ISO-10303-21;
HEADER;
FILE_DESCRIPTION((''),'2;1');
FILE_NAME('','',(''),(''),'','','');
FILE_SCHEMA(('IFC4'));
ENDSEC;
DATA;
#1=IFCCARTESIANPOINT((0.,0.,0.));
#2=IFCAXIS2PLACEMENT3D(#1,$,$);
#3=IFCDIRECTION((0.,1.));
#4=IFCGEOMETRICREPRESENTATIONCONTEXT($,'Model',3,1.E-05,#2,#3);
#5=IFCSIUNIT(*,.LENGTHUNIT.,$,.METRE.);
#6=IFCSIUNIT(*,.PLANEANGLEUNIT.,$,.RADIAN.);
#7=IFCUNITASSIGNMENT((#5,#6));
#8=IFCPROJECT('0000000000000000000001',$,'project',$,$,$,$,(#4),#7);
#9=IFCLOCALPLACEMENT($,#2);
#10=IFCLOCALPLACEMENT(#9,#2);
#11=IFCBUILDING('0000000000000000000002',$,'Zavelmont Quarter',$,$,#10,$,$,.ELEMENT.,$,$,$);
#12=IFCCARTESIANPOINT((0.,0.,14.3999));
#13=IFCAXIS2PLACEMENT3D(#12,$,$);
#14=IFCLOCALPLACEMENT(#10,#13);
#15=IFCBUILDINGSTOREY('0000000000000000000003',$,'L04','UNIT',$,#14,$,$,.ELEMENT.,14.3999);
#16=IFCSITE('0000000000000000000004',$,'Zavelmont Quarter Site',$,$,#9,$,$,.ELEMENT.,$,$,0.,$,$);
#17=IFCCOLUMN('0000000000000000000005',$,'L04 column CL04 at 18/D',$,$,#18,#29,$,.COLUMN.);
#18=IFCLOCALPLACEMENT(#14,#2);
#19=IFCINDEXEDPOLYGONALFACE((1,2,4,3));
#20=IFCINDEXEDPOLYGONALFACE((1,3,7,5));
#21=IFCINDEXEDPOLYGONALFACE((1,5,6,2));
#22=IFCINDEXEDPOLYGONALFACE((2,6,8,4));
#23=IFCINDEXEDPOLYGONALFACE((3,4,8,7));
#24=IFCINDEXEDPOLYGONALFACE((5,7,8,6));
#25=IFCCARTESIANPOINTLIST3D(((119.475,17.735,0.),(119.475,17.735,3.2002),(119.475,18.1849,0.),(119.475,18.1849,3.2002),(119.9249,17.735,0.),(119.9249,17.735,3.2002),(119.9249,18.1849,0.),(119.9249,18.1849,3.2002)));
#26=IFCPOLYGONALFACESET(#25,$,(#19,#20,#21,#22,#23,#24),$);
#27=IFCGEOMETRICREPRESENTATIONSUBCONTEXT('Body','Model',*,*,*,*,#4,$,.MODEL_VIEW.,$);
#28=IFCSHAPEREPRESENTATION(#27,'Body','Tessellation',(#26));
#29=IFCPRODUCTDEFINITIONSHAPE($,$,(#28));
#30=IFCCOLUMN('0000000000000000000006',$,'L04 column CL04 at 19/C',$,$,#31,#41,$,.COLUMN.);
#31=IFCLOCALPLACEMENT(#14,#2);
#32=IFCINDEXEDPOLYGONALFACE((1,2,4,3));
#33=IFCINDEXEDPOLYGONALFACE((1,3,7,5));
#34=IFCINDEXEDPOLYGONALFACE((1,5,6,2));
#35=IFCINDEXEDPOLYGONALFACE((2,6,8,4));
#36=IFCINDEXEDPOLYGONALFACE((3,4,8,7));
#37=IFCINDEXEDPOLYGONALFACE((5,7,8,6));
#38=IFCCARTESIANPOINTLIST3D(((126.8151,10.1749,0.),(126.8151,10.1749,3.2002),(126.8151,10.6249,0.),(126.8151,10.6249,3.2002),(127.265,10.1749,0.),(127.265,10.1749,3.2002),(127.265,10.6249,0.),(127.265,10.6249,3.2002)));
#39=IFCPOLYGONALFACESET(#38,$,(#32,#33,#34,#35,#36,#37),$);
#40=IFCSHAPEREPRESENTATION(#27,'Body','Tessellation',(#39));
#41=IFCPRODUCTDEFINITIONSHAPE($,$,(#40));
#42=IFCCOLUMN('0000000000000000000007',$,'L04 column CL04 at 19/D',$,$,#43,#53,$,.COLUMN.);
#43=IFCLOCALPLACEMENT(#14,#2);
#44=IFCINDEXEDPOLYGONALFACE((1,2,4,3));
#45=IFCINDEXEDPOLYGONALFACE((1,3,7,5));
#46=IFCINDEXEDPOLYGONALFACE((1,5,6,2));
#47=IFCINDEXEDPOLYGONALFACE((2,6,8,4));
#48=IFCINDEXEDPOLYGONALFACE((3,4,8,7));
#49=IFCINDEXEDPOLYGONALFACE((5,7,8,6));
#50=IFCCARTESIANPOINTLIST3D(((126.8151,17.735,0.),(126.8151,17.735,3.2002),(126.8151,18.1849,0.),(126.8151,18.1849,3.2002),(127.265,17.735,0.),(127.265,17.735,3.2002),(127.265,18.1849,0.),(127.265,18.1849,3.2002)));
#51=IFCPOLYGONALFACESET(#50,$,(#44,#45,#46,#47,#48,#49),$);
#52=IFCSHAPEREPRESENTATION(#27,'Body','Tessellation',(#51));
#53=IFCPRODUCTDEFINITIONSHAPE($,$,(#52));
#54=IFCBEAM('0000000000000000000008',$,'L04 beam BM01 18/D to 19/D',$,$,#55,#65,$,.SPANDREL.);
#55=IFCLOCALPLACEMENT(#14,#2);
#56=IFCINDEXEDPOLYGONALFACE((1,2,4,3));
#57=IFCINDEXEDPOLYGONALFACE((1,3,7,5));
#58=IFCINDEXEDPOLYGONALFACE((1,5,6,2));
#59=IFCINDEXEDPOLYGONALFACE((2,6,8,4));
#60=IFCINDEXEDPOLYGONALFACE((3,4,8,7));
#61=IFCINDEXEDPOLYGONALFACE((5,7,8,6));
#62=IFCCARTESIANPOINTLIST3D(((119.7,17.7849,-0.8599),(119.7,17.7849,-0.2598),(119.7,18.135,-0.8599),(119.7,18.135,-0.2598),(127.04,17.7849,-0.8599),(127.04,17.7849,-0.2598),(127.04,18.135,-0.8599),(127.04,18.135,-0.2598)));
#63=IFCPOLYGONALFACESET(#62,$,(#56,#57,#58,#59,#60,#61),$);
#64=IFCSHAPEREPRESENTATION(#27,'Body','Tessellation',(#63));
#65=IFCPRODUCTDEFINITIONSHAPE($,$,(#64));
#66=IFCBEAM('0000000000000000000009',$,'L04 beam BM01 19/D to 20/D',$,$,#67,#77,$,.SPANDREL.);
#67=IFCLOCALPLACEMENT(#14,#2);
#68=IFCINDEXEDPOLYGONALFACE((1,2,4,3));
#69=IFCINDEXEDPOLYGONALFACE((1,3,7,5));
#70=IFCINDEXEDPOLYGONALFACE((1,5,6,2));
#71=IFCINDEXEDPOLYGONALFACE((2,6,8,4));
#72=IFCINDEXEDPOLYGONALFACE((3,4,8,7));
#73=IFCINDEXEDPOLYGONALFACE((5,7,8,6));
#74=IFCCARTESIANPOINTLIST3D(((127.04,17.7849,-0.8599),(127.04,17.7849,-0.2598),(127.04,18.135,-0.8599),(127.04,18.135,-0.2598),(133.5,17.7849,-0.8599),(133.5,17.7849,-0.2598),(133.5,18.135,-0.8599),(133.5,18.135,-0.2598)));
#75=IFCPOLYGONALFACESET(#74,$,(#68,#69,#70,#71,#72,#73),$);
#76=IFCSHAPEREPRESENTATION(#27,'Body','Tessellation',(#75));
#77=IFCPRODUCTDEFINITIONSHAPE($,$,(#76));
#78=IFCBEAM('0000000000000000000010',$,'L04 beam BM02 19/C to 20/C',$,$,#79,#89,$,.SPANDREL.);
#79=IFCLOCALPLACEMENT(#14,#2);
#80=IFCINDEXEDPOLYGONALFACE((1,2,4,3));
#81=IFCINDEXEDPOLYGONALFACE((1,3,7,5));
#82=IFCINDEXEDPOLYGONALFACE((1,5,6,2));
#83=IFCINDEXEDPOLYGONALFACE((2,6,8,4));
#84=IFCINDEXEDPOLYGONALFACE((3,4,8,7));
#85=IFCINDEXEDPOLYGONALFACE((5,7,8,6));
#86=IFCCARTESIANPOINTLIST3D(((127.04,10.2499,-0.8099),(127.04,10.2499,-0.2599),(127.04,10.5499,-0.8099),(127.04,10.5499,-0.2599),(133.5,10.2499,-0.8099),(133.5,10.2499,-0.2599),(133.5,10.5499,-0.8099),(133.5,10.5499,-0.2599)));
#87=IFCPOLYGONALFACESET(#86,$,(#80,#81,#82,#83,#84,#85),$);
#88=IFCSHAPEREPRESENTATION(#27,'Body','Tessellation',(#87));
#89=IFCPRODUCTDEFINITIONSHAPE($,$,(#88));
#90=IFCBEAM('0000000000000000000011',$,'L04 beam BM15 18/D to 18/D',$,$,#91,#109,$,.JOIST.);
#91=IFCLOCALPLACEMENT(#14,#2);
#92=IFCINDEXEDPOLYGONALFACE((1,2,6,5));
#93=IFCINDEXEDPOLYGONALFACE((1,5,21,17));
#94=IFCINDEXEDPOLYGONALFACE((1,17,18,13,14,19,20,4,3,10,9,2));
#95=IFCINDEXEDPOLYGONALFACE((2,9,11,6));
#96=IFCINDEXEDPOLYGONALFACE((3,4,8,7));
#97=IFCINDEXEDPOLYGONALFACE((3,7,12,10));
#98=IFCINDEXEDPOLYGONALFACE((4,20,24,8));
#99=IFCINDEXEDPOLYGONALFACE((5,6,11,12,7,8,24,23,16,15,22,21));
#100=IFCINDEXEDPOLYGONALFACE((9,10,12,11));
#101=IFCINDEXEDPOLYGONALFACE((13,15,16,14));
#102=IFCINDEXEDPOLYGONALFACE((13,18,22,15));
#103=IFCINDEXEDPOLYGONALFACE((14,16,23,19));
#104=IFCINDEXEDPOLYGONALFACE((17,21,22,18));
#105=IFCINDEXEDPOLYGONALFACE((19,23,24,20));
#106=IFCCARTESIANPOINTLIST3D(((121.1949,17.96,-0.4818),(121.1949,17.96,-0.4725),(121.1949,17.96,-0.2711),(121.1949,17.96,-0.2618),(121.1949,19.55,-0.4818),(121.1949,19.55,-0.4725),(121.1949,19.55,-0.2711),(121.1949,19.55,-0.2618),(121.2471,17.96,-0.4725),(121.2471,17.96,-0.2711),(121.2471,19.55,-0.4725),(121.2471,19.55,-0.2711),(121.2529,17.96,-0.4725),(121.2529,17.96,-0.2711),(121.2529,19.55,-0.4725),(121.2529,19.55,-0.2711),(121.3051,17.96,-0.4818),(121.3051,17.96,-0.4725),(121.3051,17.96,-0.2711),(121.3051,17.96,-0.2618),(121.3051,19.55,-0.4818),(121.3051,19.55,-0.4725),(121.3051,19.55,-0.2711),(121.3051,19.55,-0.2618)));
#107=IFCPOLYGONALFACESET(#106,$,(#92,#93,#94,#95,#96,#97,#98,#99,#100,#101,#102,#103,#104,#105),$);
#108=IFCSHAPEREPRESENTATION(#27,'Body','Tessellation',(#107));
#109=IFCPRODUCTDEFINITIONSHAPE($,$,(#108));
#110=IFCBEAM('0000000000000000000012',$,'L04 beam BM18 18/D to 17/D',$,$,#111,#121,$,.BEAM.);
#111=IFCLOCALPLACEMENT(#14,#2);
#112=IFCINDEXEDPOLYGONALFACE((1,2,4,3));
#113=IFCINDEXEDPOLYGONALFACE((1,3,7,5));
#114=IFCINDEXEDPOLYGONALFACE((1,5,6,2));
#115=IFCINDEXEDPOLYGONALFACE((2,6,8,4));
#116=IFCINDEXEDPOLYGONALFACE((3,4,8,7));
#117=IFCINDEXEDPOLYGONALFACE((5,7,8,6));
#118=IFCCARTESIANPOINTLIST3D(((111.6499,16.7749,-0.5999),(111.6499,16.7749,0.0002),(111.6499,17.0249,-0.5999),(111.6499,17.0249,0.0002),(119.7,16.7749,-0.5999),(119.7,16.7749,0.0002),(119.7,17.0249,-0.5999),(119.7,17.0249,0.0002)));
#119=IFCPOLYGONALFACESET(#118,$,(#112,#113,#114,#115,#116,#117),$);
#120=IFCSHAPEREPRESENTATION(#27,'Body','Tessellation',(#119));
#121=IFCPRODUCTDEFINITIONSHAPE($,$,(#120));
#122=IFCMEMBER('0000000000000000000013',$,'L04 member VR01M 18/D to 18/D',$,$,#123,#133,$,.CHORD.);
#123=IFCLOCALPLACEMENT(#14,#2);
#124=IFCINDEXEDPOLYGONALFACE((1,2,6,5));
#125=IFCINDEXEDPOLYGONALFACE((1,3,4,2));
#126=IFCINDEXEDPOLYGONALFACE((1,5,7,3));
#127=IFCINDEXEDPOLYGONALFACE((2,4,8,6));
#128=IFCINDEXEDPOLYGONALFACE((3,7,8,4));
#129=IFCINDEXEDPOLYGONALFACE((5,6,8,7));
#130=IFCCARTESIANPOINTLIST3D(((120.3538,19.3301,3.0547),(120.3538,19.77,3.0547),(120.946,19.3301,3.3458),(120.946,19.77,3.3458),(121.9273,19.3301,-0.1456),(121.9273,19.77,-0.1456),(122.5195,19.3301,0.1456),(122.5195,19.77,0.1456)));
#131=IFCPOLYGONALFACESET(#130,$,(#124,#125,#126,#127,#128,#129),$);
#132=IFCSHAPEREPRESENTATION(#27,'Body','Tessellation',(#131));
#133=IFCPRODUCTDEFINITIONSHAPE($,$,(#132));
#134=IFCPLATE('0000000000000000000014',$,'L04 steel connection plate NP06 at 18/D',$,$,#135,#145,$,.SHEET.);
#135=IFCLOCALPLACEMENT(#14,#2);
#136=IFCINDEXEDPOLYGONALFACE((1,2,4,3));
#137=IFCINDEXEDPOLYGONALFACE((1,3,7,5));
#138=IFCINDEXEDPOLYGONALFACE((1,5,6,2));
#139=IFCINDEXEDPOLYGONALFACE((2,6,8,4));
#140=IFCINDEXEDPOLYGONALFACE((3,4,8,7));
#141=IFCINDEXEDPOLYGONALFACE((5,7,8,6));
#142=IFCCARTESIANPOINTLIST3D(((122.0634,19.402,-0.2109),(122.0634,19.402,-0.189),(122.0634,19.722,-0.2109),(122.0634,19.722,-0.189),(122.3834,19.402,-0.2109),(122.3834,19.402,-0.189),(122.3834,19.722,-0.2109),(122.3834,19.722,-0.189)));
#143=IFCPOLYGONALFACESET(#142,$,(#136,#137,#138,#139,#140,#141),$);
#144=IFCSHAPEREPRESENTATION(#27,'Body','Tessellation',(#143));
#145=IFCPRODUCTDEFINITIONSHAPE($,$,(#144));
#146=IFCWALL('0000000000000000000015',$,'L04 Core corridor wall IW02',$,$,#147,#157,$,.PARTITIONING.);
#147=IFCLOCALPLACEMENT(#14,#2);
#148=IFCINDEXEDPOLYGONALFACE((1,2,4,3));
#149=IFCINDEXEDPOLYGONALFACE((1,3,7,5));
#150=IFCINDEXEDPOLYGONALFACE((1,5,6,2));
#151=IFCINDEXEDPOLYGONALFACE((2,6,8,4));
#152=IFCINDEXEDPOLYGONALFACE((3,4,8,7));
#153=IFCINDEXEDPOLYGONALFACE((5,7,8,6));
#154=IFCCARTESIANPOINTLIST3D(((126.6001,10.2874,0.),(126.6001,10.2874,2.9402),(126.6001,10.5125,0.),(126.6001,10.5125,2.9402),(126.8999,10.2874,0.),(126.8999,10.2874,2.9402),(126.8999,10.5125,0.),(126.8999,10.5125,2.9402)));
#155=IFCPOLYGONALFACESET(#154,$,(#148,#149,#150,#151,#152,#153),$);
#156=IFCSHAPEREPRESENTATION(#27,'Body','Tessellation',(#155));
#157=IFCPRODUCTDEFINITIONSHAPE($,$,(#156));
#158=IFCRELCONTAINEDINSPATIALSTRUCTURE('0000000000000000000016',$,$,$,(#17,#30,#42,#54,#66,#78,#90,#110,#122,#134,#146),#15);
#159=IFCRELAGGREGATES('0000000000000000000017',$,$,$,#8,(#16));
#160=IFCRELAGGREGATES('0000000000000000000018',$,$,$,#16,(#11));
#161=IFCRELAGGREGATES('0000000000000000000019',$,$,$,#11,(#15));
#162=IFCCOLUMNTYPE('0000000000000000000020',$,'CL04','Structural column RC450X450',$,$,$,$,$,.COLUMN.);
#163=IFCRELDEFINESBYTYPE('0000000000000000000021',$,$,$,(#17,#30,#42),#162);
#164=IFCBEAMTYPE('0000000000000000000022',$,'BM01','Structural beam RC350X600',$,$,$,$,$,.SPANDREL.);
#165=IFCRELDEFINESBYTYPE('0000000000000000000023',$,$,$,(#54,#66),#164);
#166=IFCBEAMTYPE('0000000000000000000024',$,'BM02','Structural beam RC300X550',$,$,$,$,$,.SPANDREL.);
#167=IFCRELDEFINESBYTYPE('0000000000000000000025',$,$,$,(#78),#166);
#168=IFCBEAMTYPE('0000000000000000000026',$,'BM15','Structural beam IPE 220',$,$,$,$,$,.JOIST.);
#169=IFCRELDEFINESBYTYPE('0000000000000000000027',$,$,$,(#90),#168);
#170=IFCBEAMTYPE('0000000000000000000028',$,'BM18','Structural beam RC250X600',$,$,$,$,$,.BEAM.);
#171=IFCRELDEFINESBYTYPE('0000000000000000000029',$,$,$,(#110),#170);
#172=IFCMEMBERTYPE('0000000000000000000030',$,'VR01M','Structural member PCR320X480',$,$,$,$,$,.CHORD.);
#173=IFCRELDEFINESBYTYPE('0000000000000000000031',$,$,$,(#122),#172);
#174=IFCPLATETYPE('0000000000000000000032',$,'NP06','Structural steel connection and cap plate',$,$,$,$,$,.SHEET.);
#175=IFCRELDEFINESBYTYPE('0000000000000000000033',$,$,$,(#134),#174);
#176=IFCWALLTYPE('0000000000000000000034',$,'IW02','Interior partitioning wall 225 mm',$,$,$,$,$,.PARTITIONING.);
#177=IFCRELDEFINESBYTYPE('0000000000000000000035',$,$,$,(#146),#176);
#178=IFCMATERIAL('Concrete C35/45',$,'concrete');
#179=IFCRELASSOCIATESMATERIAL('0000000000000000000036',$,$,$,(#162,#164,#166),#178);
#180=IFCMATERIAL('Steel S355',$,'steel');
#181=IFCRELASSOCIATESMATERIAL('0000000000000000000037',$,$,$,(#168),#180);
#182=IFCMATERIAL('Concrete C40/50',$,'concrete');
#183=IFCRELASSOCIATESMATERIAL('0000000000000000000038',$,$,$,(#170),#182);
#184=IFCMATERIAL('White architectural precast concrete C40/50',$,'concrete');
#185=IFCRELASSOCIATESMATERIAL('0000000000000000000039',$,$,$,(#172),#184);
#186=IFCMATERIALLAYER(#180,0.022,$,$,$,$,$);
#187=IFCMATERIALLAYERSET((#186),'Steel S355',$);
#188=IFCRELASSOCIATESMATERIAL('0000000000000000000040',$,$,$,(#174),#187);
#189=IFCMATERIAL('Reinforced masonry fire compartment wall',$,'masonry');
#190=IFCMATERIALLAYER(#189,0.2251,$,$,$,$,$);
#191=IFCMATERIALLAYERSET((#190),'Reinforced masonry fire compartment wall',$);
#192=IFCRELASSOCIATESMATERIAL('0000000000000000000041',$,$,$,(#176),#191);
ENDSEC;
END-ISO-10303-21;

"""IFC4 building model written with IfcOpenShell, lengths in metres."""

from ifc_helpers import new_model, si_unit, direction, frame, frame_2d, origin, origin_2d, place, context, subcontext, project, spatial, rectangle, i_section, extrude, material, layer, layer_set, material_profile, profile_set, type_object, element, save


model = new_model("IFC4")

# Units and contexts
model_context = context("Model", 3, precision=1e-05, world=origin(), true_north=direction((0.0, 1.0)))
body_context = subcontext(model_context, "Body", "Model", "MODEL_VIEW")
ifc_project = project(units=[si_unit("LENGTHUNIT", "METRE"), si_unit("PLANEANGLEUNIT", "RADIAN")], contexts=[model_context])

# Site, building, storey
site_placement = place(None, origin())
site = spatial("IfcSite", under=ifc_project, at=site_placement, Name="Zavelmont Quarter Site", CompositionType="ELEMENT", RefElevation=0.0)
building_placement = place(site_placement, origin())
building = spatial("IfcBuilding", under=site, at=building_placement, Name="Zavelmont Quarter", CompositionType="ELEMENT")
storey_placement = place(building_placement, frame((0.0, 0.0, 14.3999)))
storey = spatial("IfcBuildingStorey", under=building, at=storey_placement, Name="L04", Description="UNIT", CompositionType="ELEMENT", Elevation=14.3999)

# Columns
ifc_material_1 = material(Name="Concrete C35/45", Category="concrete")
ifc_material_profile_1 = material_profile(ifc_material_1, rectangle(XDim=0.45, YDim=0.45, at=origin_2d()), Name="RC450X450")
ifc_profile_set_1 = profile_set([ifc_material_profile_1], Name="Concrete C35/45")
column_type = type_object("IfcColumnType", Name="CL04", Description="Structural column RC450X450", PredefinedType="COLUMN", material=ifc_profile_set_1)
for number, where, z_axis, x_axis, name in (
    (1, (119.7, 17.96, 0.0), (0.0, 0.0, 1.0), (1.0, 0.0, 0.0), "L04 column CL04 at 18/D"),
    (2, (127.04, 10.3999, 0.0), (0.0, 0.0, 1.0), (1.0, 0.0, 0.0), "L04 column CL04 at 19/C"),
    (3, (127.04, 17.96, 0.0), (0.0, 0.0, 1.0), (1.0, 0.0, 0.0), "L04 column CL04 at 19/D"),
):
    element("IfcColumn", number, at=place(storey_placement, frame(where, z_axis=z_axis, x_axis=x_axis)), inside=storey, type_object=column_type, Name=name, PredefinedType="COLUMN", context=body_context, shape_type="SweptSolid", body=[
        extrude(rectangle(XDim=0.45, YDim=0.45, at=origin_2d()), origin(), (0.0, 0.0, 1.0), 3.2002),
    ])

# Beams
ifc_material_profile_2 = material_profile(ifc_material_1, rectangle(XDim=0.3501, YDim=0.6001, at=origin_2d()), Name="RC350X600")
ifc_profile_set_2 = profile_set([ifc_material_profile_2], Name="Concrete C35/45")
beam_type_1 = type_object("IfcBeamType", Name="BM01", Description="Structural beam RC350X600", PredefinedType="SPANDREL", material=ifc_profile_set_2)
beam_1_placement = place(storey_placement, frame((119.7, 17.96, -0.5598), z_axis=(1.0, 0.0, 0.0), x_axis=(0.0, 1.0, 0.0)))
element("IfcBeam", 4, at=beam_1_placement, inside=storey, type_object=beam_type_1, Name="L04 beam BM01 18/D to 19/D", PredefinedType="SPANDREL", context=body_context, shape_type="SweptSolid", body=[
    extrude(rectangle(XDim=0.3501, YDim=0.6001, at=origin_2d()), origin(), (0.0, 0.0, 1.0), 7.3401),
])
beam_2_placement = place(storey_placement, frame((127.04, 17.96, -0.5598), z_axis=(1.0, 0.0, 0.0), x_axis=(0.0, 1.0, 0.0)))
element("IfcBeam", 5, at=beam_2_placement, inside=storey, type_object=beam_type_1, Name="L04 beam BM01 19/D to 20/D", PredefinedType="SPANDREL", context=body_context, shape_type="SweptSolid", body=[
    extrude(rectangle(XDim=0.3501, YDim=0.6001, at=origin_2d()), origin(), (0.0, 0.0, 1.0), 6.46),
])
ifc_material_profile_3 = material_profile(ifc_material_1, rectangle(XDim=0.3, YDim=0.55, at=origin_2d()), Name="RC300X550")
ifc_profile_set_3 = profile_set([ifc_material_profile_3], Name="Concrete C35/45")
beam_type_2 = type_object("IfcBeamType", Name="BM02", Description="Structural beam RC300X550", PredefinedType="SPANDREL", material=ifc_profile_set_3)
beam_3_placement = place(storey_placement, frame((127.04, 10.3999, -0.5349), z_axis=(1.0, 0.0, 0.0), x_axis=(0.0, 1.0, 0.0)))
element("IfcBeam", 6, at=beam_3_placement, inside=storey, type_object=beam_type_2, Name="L04 beam BM02 19/C to 20/C", PredefinedType="SPANDREL", context=body_context, shape_type="SweptSolid", body=[
    extrude(rectangle(XDim=0.3, YDim=0.55, at=origin_2d()), origin(), (0.0, 0.0, 1.0), 6.46),
])
ifc_material_2 = material(Name="Steel S355", Category="steel")
ifc_material_profile_4 = material_profile(ifc_material_2, i_section(OverallWidth=0.1101, OverallDepth=0.22, WebThickness=0.0059, FlangeThickness=0.0093, at=origin_2d()), Name="IPE 220")
ifc_profile_set_4 = profile_set([ifc_material_profile_4], Name="Steel S355")
beam_type_3 = type_object("IfcBeamType", Name="BM15", Description="Structural beam IPE 220", PredefinedType="JOIST", material=ifc_profile_set_4)
beam_4_placement = place(storey_placement, frame((121.25, 17.96, -0.3718), z_axis=(0.0, 1.0, 0.0), x_axis=(-1.0, 0.0, 0.0)))
element("IfcBeam", 7, at=beam_4_placement, inside=storey, type_object=beam_type_3, Name="L04 beam BM15 18/D to 18/D", PredefinedType="JOIST", context=body_context, shape_type="SweptSolid", body=[
    extrude(i_section(OverallWidth=0.1101, OverallDepth=0.22, WebThickness=0.0059, FlangeThickness=0.0093, at=origin_2d()), origin(), (0.0, 0.0, 1.0), 1.5901),
])
ifc_material_3 = material(Name="Concrete C40/50", Category="concrete")
ifc_material_profile_5 = material_profile(ifc_material_3, rectangle(XDim=0.25, YDim=0.6001, at=origin_2d()), Name="RC250X600")
ifc_profile_set_5 = profile_set([ifc_material_profile_5], Name="Concrete C40/50")
beam_type_4 = type_object("IfcBeamType", Name="BM18", Description="Structural beam RC250X600", PredefinedType="BEAM", material=ifc_profile_set_5)
beam_5_placement = place(storey_placement, frame((119.7, 16.8999, -0.2998), z_axis=(-1.0, 0.0, 0.0), x_axis=(0.0, -1.0, 0.0)))
element("IfcBeam", 8, at=beam_5_placement, inside=storey, type_object=beam_type_4, Name="L04 beam BM18 18/D to 17/D", PredefinedType="BEAM", context=body_context, shape_type="SweptSolid", body=[
    extrude(rectangle(XDim=0.25, YDim=0.6001, at=origin_2d()), origin(), (0.0, 0.0, 1.0), 8.05),
])

# Member
ifc_material_4 = material(Name="White architectural precast concrete C40/50", Category="concrete")
ifc_material_profile_6 = material_profile(ifc_material_4, rectangle(XDim=0.4399, YDim=0.6599, at=origin_2d()), Name="PCR320X480")
ifc_profile_set_6 = profile_set([ifc_material_profile_6], Name="White architectural precast concrete C40/50")
member_type = type_object("IfcMemberType", Name="VR01M", Description="Structural member PCR320X480", PredefinedType="CHORD", material=ifc_profile_set_6)
member_placement = place(storey_placement, frame((122.2234, 19.55, 0.0), z_axis=(-0.441234, 0.0, 0.897392), x_axis=(0.0, -1.0, 0.0)))
element("IfcMember", 9, at=member_placement, inside=storey, type_object=member_type, Name="L04 member VR01M 18/D to 18/D", PredefinedType="CHORD", context=body_context, shape_type="SweptSolid", body=[
    extrude(rectangle(XDim=0.4399, YDim=0.6599, at=origin_2d()), origin(), (0.0, 0.0, 1.0), 3.5662),
])

# Plate
ifc_layer_1 = layer(ifc_material_2, 0.022)
ifc_layer_set_1 = layer_set([ifc_layer_1], Name="Steel S355")
plate_type = type_object("IfcPlateType", Name="NP06", Description="Structural steel connection and cap plate", PredefinedType="SHEET", material=ifc_layer_set_1)
plate_placement = place(storey_placement, frame((122.2234, 19.562, -0.2109), z_axis=(0.0, 0.0, 1.0), x_axis=(1.0, 0.0, 0.0)))
element("IfcPlate", 10, at=plate_placement, inside=storey, type_object=plate_type, Name="L04 steel connection plate NP06 at 18/D", PredefinedType="SHEET", context=body_context, shape_type="SweptSolid", body=[
    extrude(rectangle(XDim=0.3201, YDim=0.3201, at=origin_2d()), origin(), (0.0, 0.0, 1.0), 0.022),
])

# Wall
ifc_material_5 = material(Name="Reinforced masonry fire compartment wall", Category="masonry")
ifc_layer_2 = layer(ifc_material_5, 0.2251)
ifc_layer_set_2 = layer_set([ifc_layer_2], Name="Reinforced masonry fire compartment wall")
wall_type_1 = type_object("IfcWallType", Name="IW02", Description="Interior partitioning wall 225 mm", PredefinedType="PARTITIONING", material=ifc_layer_set_2)
wall_1_placement = place(storey_placement, frame((126.6001, 10.3999, 0.0), z_axis=(0.0, 0.0, 1.0), x_axis=(1.0, 0.0, 0.0)))
element("IfcWall", 11, at=wall_1_placement, inside=storey, type_object=wall_type_1, Name="L04 Core corridor wall IW02", PredefinedType="PARTITIONING", context=body_context, shape_type="SweptSolid", body=[
    extrude(rectangle(XDim=0.2998, YDim=0.2251, at=frame_2d((0.1499, 0.0))), origin(), (0.0, 0.0, 1.0), 2.9402),
])

save(model, "model.ifc")
